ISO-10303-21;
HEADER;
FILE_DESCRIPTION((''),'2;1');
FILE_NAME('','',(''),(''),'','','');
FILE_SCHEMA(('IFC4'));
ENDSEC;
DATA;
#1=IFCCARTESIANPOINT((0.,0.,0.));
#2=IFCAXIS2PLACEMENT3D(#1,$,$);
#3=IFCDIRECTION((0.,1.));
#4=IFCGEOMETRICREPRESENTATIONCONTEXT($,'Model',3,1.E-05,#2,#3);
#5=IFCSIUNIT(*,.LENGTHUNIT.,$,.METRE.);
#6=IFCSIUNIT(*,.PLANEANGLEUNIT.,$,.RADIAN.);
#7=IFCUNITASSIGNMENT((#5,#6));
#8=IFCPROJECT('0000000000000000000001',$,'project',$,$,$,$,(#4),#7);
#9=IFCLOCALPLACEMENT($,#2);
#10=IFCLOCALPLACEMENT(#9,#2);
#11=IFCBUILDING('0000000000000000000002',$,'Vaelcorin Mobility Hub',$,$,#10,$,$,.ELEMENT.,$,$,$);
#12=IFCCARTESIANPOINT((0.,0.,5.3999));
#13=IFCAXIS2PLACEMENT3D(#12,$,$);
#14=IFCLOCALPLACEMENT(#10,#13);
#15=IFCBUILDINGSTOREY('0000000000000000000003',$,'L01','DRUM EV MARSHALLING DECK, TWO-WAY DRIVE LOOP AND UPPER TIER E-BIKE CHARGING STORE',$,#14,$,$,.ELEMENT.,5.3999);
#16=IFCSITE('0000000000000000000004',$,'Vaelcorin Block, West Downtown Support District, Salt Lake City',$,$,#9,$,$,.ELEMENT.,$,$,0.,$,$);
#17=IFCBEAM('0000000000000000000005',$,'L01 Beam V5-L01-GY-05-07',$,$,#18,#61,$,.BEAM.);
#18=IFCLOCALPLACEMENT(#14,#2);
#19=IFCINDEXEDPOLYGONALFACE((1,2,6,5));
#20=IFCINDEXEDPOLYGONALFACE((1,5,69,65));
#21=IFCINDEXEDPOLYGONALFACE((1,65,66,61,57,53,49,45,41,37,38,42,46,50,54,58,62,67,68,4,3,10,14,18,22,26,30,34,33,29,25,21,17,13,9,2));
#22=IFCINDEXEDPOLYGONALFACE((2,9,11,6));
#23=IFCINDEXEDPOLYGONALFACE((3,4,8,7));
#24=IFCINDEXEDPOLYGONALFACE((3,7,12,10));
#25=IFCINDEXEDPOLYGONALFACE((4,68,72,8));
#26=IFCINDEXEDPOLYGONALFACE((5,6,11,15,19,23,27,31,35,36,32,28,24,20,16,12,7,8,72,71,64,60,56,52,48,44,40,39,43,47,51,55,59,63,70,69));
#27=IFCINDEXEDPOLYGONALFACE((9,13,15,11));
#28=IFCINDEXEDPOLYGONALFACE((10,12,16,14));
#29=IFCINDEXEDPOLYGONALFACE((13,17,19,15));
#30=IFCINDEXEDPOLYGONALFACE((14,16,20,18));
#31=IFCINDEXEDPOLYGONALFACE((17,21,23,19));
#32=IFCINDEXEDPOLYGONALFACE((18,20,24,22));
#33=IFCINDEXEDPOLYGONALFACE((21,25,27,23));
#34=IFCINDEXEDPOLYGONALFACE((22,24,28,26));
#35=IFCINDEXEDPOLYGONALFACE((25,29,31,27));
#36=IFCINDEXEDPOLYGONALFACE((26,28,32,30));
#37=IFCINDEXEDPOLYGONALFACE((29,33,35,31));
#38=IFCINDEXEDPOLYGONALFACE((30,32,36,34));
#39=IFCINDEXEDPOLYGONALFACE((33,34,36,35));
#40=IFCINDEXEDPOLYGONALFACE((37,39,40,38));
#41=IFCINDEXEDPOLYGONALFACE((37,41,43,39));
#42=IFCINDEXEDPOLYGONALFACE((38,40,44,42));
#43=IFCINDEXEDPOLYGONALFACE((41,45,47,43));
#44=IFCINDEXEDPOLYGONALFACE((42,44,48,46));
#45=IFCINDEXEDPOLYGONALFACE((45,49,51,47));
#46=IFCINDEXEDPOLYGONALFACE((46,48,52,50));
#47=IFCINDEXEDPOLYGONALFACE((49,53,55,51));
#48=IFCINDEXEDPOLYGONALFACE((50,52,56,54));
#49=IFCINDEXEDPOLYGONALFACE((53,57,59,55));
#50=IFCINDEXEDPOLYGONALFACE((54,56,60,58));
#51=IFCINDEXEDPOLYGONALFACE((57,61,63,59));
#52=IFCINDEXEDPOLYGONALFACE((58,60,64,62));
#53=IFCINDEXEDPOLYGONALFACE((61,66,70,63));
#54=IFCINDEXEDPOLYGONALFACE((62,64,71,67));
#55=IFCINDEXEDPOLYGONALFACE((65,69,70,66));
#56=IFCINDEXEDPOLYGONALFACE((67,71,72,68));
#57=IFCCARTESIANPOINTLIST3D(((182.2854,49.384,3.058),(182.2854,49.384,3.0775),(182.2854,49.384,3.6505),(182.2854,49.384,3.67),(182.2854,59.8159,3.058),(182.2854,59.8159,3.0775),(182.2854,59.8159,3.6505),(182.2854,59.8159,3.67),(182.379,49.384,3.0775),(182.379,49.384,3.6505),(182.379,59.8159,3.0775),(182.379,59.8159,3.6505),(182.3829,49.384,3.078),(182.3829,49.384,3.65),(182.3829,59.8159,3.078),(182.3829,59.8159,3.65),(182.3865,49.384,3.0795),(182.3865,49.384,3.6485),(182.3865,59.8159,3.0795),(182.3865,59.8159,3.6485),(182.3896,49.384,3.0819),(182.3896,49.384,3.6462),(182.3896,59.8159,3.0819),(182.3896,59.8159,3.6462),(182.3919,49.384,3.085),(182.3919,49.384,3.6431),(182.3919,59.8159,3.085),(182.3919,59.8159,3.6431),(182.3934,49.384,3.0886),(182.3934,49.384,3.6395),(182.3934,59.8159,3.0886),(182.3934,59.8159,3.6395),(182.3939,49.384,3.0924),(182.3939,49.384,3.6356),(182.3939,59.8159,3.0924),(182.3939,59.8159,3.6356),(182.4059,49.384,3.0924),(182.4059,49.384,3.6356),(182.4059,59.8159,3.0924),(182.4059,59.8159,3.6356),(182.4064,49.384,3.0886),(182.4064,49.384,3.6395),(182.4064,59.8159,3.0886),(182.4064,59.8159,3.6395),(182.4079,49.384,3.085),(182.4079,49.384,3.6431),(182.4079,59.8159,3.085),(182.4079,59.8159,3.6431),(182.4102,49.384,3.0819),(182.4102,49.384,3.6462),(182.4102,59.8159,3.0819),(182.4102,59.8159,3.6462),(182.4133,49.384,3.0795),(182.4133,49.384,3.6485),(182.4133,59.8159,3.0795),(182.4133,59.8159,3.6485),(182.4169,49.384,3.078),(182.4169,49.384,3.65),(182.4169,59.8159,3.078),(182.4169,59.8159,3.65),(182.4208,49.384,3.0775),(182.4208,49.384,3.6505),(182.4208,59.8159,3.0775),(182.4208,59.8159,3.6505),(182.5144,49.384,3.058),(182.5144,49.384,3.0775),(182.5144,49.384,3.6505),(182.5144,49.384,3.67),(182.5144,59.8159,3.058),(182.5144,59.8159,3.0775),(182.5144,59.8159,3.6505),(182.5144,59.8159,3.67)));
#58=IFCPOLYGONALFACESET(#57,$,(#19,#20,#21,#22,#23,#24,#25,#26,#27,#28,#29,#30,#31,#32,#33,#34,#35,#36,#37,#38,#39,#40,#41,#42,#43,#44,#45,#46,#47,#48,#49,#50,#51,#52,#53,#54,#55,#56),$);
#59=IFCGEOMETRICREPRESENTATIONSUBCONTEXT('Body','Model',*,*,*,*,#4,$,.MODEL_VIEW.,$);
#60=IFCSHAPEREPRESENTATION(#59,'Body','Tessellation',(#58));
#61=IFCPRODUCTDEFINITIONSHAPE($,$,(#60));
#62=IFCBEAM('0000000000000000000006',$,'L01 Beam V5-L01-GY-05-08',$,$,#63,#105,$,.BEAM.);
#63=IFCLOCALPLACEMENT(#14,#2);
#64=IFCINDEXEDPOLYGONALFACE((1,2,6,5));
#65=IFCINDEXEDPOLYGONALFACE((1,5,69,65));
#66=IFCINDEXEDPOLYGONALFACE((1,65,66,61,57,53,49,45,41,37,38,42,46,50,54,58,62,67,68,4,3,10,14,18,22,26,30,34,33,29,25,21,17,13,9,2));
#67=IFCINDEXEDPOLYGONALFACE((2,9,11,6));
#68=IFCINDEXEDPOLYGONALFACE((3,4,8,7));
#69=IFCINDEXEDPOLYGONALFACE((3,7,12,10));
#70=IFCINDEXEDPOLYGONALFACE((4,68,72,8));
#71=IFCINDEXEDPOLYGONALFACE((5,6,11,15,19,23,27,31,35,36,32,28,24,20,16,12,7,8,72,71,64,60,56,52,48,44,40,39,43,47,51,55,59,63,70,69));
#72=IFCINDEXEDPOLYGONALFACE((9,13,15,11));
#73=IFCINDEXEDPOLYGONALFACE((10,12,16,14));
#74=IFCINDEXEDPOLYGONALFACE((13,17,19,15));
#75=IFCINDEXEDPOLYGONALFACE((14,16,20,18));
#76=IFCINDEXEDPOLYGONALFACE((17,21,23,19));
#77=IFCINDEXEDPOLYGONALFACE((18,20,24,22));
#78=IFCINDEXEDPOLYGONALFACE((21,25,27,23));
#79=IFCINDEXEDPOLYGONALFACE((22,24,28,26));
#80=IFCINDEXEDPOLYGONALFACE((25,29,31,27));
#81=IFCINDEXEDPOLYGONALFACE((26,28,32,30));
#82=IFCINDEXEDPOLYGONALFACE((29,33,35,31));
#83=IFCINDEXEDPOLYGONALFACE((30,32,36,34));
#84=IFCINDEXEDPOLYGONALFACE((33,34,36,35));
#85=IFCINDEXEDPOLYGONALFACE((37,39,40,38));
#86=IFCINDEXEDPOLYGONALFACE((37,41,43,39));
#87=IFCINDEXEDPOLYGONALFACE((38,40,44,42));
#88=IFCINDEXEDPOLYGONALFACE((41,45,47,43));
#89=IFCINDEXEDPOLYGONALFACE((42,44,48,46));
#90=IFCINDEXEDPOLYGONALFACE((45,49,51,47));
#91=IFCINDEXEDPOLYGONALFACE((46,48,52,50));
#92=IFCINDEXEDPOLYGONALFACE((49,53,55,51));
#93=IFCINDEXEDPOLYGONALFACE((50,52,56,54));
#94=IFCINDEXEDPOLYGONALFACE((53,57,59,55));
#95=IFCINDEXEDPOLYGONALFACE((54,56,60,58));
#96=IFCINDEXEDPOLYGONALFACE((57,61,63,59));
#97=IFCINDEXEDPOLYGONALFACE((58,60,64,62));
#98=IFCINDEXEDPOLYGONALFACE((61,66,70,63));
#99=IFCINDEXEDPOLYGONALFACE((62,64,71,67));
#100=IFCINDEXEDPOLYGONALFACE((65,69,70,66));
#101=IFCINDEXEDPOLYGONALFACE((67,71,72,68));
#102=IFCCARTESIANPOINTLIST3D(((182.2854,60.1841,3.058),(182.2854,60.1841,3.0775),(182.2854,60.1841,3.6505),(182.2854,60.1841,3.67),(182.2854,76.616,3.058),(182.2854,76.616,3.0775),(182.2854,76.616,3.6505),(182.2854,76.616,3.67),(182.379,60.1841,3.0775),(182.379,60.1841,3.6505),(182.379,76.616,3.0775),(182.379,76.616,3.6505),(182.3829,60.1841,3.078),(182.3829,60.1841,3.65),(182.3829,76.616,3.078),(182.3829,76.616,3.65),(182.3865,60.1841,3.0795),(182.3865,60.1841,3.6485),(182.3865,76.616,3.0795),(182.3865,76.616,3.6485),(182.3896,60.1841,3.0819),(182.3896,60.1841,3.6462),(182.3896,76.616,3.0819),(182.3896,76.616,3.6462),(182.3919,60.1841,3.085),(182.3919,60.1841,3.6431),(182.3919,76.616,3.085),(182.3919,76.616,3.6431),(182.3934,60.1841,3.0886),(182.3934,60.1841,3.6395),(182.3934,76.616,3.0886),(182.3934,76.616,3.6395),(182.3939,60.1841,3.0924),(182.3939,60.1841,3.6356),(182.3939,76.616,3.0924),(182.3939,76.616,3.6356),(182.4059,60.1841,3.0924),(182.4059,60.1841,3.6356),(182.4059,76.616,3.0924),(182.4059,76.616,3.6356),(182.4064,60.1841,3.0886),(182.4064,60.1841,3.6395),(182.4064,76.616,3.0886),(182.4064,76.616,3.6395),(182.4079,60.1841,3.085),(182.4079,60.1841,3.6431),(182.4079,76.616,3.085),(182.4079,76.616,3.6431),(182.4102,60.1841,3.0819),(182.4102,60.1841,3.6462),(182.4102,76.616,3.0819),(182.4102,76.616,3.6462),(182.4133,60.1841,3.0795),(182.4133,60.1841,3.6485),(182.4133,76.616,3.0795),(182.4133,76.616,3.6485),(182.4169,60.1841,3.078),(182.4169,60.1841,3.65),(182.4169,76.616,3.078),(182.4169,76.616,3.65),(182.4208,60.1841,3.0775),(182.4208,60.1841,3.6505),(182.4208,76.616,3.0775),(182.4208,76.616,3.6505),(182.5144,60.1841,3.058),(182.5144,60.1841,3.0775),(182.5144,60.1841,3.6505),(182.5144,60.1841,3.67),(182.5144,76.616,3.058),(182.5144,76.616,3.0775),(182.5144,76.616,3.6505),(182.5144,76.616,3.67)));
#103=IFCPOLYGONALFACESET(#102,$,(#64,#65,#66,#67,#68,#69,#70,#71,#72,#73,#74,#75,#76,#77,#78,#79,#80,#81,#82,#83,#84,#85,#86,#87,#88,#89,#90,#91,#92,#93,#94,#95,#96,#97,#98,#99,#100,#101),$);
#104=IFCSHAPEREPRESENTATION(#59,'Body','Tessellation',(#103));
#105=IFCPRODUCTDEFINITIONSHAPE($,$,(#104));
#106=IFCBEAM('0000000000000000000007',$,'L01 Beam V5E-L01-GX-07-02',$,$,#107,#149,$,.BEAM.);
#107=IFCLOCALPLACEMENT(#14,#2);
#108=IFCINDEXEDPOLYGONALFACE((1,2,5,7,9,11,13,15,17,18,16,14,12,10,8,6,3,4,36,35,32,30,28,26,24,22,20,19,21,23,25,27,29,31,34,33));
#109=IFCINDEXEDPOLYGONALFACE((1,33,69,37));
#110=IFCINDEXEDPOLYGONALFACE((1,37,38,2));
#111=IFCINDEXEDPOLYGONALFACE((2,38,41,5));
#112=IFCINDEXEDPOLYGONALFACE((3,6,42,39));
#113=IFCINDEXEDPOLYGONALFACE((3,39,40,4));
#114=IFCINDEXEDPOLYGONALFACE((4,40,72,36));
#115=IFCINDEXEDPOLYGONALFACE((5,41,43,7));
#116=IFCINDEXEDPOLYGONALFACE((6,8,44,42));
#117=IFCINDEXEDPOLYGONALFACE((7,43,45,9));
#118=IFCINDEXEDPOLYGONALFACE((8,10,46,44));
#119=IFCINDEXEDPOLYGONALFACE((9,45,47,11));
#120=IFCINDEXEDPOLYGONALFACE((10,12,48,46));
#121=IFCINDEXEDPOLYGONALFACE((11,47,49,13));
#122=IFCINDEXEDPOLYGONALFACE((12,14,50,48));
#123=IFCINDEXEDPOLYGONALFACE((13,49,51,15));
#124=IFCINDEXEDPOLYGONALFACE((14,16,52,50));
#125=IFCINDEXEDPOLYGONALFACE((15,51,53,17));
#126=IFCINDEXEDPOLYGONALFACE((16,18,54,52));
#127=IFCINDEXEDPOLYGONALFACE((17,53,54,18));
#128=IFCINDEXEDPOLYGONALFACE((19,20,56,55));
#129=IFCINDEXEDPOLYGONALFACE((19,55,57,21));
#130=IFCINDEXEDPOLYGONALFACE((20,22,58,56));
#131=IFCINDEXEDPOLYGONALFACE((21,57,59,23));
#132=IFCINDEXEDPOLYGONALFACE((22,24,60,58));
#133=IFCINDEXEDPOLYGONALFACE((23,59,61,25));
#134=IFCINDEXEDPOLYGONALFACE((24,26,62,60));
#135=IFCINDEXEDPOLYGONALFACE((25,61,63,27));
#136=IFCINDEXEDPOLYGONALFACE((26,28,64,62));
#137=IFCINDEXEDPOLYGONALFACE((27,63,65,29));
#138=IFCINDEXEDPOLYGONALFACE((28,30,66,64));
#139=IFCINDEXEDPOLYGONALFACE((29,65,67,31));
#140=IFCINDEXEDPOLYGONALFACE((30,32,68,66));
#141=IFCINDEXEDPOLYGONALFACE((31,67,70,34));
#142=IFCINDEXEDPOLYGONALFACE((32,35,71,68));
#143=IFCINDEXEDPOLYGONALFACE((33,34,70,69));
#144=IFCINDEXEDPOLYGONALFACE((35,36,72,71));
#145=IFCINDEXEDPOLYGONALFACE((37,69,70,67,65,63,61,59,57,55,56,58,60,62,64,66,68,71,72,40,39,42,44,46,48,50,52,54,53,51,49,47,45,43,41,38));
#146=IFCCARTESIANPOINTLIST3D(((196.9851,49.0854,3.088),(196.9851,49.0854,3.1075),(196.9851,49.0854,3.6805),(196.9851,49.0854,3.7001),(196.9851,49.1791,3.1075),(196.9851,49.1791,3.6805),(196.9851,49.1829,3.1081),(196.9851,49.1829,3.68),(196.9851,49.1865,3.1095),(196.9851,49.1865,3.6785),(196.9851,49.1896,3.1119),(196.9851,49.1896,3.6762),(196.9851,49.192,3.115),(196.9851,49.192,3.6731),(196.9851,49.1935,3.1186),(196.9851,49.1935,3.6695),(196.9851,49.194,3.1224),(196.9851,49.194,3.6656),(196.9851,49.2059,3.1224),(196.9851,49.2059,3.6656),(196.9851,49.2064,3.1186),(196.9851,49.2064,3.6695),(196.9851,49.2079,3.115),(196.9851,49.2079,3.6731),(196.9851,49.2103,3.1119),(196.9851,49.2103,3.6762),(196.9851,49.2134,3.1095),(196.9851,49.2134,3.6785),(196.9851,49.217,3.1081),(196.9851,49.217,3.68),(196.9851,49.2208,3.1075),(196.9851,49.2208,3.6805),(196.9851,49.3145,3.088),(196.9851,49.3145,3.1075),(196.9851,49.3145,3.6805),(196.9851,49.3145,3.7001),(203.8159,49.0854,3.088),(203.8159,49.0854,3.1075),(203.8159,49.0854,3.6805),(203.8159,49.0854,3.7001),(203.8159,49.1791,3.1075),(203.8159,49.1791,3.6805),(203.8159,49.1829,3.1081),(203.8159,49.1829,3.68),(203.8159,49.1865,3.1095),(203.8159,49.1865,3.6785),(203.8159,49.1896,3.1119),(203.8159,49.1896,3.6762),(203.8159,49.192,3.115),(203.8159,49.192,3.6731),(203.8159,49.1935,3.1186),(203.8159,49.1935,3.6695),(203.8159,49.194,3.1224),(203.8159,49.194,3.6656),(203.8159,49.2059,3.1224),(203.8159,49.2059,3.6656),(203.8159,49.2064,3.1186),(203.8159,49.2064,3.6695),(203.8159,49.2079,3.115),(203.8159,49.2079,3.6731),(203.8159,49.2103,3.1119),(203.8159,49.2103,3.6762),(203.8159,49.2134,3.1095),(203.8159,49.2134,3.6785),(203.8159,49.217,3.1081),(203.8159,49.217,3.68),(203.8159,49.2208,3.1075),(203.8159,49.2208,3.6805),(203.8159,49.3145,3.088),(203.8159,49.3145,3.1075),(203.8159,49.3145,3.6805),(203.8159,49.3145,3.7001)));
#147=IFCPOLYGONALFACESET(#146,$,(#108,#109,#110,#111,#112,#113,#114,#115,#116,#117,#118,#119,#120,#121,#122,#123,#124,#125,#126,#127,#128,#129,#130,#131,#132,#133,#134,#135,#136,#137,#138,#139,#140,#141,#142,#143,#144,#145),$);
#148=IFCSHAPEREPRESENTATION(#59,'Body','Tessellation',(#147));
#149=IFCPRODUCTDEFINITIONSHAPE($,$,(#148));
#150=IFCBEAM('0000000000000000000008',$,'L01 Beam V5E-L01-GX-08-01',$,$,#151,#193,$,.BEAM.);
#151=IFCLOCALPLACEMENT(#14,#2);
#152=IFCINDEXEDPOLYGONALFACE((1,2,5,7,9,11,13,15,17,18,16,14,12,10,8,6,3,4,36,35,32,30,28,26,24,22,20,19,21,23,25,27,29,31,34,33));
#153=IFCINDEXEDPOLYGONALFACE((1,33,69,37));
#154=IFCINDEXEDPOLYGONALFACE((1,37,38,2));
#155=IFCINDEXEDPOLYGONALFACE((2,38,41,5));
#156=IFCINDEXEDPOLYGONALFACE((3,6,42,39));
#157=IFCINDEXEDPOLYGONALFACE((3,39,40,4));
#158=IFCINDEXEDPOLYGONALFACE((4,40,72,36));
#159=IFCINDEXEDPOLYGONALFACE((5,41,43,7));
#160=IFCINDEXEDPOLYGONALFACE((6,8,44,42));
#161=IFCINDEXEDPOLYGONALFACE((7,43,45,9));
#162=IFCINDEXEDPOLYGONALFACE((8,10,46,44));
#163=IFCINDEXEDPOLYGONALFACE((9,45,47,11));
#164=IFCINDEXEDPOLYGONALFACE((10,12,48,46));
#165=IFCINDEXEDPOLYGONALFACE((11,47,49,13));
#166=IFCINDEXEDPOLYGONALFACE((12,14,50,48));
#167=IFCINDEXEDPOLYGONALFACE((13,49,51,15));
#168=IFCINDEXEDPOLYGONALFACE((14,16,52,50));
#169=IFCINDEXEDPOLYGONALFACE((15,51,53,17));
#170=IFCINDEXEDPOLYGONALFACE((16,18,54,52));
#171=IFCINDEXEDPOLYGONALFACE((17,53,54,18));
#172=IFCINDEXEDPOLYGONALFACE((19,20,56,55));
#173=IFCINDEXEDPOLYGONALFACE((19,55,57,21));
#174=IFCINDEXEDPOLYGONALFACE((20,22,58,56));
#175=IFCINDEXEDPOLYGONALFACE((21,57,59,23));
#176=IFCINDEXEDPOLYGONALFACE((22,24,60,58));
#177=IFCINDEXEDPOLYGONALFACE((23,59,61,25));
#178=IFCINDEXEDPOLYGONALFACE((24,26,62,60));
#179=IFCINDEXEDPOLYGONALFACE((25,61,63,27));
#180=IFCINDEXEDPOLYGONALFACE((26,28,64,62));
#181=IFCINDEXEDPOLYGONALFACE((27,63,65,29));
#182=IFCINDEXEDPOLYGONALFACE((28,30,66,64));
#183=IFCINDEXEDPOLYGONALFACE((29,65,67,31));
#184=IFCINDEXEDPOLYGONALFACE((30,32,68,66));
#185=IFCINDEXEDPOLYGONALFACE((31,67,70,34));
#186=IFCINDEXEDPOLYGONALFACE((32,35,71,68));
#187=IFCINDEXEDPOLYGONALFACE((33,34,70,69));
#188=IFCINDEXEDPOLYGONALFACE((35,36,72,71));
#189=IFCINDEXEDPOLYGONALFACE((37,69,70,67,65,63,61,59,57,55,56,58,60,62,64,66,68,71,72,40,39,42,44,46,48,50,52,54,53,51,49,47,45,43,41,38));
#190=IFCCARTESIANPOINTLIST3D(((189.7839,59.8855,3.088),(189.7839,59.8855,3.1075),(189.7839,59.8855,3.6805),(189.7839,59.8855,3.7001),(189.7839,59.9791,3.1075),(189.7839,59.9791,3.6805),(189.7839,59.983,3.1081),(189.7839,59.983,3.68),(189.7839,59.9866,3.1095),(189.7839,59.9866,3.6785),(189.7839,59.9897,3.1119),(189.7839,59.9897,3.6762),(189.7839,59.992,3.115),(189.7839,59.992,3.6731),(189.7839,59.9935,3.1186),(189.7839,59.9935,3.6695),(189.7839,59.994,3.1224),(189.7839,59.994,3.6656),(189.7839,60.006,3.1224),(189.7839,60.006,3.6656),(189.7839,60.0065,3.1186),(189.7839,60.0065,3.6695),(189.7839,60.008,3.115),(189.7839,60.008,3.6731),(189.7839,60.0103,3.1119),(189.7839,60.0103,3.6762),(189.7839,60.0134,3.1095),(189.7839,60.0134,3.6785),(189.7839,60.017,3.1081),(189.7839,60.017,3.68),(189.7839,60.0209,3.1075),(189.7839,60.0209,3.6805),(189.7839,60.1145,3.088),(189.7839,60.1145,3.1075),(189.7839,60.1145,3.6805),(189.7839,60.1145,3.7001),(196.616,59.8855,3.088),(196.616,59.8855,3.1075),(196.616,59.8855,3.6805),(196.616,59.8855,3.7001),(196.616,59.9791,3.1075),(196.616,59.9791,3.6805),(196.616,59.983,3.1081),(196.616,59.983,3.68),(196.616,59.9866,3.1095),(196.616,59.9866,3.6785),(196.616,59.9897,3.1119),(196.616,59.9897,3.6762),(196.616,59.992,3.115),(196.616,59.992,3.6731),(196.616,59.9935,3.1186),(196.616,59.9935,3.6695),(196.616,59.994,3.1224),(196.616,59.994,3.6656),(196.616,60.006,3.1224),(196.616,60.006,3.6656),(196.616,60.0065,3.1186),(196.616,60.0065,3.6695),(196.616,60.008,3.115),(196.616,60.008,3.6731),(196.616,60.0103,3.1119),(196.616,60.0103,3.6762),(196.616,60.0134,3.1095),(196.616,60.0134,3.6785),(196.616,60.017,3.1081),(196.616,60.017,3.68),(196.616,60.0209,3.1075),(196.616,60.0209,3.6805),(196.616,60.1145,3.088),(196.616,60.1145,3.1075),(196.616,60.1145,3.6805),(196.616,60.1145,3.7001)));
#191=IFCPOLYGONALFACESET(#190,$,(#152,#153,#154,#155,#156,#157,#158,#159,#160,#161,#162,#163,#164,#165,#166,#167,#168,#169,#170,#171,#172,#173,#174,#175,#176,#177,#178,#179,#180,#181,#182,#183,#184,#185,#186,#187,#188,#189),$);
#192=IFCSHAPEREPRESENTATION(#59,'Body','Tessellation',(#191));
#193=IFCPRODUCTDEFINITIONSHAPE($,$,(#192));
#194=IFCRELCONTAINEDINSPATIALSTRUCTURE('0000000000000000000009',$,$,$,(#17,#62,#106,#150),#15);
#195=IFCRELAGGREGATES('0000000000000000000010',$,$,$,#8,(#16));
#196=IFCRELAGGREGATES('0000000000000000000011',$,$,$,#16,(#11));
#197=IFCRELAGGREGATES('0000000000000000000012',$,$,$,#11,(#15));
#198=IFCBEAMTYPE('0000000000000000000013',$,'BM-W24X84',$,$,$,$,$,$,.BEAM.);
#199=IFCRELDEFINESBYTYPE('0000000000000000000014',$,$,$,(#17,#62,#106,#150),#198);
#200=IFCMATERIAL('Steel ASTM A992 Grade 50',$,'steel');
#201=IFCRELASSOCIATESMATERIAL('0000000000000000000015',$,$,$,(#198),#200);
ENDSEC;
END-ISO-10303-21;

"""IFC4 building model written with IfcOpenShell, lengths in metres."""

from ifc_helpers import new_model, si_unit, direction, frame, origin, origin_2d, place, context, subcontext, project, spatial, i_section, extrude, material, material_profile, profile_set, type_object, element, save


model = new_model("IFC4")

# Units and contexts
model_context = context("Model", 3, precision=1e-05, world=origin(), true_north=direction((0.0, 1.0)))
body_context = subcontext(model_context, "Body", "Model", "MODEL_VIEW")
ifc_project = project(units=[si_unit("LENGTHUNIT", "METRE"), si_unit("PLANEANGLEUNIT", "RADIAN")], contexts=[model_context])

# Site, building, storey
site_placement = place(None, origin())
site = spatial("IfcSite", under=ifc_project, at=site_placement, Name="Vaelcorin Block, West Downtown Support District, Salt Lake City", CompositionType="ELEMENT", RefElevation=0.0)
building_placement = place(site_placement, origin())
building = spatial("IfcBuilding", under=site, at=building_placement, Name="Vaelcorin Mobility Hub", CompositionType="ELEMENT")
storey_placement = place(building_placement, frame((0.0, 0.0, 5.3999)))
storey = spatial("IfcBuildingStorey", under=building, at=storey_placement, Name="L01", Description="DRUM EV MARSHALLING DECK, TWO-WAY DRIVE LOOP AND UPPER TIER E-BIKE CHARGING STORE", CompositionType="ELEMENT", Elevation=5.3999)

# Shared definitions
ifc_material_1 = material(Name="Steel ASTM A992 Grade 50", Category="steel")

# Beams
ifc_material_profile_1 = material_profile(ifc_material_1, i_section(OverallWidth=0.229, OverallDepth=0.6121, WebThickness=0.012, FlangeThickness=0.0195, FilletRadius=0.0149, at=origin_2d()), Name="W24X84")
ifc_profile_set_1 = profile_set([ifc_material_profile_1], Name="Steel ASTM A992 Grade 50")
beam_type_1 = type_object("IfcBeamType", Name="BM-W24X84", PredefinedType="BEAM", material=ifc_profile_set_1)
beam_1_placement = place(storey_placement, frame((182.3999, 49.384, 3.364), z_axis=(0.0, 1.0, 0.0), x_axis=(-1.0, 0.0, 0.0)))
element("IfcBeam", 1, at=beam_1_placement, inside=storey, type_object=beam_type_1, Name="L01 Beam V5-L01-GY-05-07", PredefinedType="BEAM", context=body_context, shape_type="SweptSolid", body=[
    extrude(i_section(OverallWidth=0.229, OverallDepth=0.6121, WebThickness=0.012, FlangeThickness=0.0195, FilletRadius=0.0149, at=origin_2d()), origin(), (0.0, 0.0, 1.0), 10.4319),
])
beam_2_placement = place(storey_placement, frame((182.3999, 60.1841, 3.364), z_axis=(0.0, 1.0, 0.0), x_axis=(-1.0, 0.0, 0.0)))
element("IfcBeam", 2, at=beam_2_placement, inside=storey, type_object=beam_type_1, Name="L01 Beam V5-L01-GY-05-08", PredefinedType="BEAM", context=body_context, shape_type="SweptSolid", body=[
    extrude(i_section(OverallWidth=0.229, OverallDepth=0.6121, WebThickness=0.012, FlangeThickness=0.0195, FilletRadius=0.0149, at=origin_2d()), origin(), (0.0, 0.0, 1.0), 16.4319),
])
beam_3_placement = place(storey_placement, frame((196.9851, 49.2, 3.394), z_axis=(1.0, 0.0, 0.0), x_axis=(0.0, 1.0, 0.0)))
element("IfcBeam", 3, at=beam_3_placement, inside=storey, type_object=beam_type_1, Name="L01 Beam V5E-L01-GX-07-02", PredefinedType="BEAM", context=body_context, shape_type="SweptSolid", body=[
    extrude(i_section(OverallWidth=0.229, OverallDepth=0.6121, WebThickness=0.012, FlangeThickness=0.0195, FilletRadius=0.0149, at=origin_2d()), origin(), (0.0, 0.0, 1.0), 6.8308),
])
beam_4_placement = place(storey_placement, frame((189.7839, 60.0, 3.394), z_axis=(1.0, 0.0, 0.0), x_axis=(0.0, 1.0, 0.0)))
element("IfcBeam", 4, at=beam_4_placement, inside=storey, type_object=beam_type_1, Name="L01 Beam V5E-L01-GX-08-01", PredefinedType="BEAM", context=body_context, shape_type="SweptSolid", body=[
    extrude(i_section(OverallWidth=0.229, OverallDepth=0.6121, WebThickness=0.012, FlangeThickness=0.0195, FilletRadius=0.0149, at=origin_2d()), origin(), (0.0, 0.0, 1.0), 6.832),
])

save(model, "model.ifc")
